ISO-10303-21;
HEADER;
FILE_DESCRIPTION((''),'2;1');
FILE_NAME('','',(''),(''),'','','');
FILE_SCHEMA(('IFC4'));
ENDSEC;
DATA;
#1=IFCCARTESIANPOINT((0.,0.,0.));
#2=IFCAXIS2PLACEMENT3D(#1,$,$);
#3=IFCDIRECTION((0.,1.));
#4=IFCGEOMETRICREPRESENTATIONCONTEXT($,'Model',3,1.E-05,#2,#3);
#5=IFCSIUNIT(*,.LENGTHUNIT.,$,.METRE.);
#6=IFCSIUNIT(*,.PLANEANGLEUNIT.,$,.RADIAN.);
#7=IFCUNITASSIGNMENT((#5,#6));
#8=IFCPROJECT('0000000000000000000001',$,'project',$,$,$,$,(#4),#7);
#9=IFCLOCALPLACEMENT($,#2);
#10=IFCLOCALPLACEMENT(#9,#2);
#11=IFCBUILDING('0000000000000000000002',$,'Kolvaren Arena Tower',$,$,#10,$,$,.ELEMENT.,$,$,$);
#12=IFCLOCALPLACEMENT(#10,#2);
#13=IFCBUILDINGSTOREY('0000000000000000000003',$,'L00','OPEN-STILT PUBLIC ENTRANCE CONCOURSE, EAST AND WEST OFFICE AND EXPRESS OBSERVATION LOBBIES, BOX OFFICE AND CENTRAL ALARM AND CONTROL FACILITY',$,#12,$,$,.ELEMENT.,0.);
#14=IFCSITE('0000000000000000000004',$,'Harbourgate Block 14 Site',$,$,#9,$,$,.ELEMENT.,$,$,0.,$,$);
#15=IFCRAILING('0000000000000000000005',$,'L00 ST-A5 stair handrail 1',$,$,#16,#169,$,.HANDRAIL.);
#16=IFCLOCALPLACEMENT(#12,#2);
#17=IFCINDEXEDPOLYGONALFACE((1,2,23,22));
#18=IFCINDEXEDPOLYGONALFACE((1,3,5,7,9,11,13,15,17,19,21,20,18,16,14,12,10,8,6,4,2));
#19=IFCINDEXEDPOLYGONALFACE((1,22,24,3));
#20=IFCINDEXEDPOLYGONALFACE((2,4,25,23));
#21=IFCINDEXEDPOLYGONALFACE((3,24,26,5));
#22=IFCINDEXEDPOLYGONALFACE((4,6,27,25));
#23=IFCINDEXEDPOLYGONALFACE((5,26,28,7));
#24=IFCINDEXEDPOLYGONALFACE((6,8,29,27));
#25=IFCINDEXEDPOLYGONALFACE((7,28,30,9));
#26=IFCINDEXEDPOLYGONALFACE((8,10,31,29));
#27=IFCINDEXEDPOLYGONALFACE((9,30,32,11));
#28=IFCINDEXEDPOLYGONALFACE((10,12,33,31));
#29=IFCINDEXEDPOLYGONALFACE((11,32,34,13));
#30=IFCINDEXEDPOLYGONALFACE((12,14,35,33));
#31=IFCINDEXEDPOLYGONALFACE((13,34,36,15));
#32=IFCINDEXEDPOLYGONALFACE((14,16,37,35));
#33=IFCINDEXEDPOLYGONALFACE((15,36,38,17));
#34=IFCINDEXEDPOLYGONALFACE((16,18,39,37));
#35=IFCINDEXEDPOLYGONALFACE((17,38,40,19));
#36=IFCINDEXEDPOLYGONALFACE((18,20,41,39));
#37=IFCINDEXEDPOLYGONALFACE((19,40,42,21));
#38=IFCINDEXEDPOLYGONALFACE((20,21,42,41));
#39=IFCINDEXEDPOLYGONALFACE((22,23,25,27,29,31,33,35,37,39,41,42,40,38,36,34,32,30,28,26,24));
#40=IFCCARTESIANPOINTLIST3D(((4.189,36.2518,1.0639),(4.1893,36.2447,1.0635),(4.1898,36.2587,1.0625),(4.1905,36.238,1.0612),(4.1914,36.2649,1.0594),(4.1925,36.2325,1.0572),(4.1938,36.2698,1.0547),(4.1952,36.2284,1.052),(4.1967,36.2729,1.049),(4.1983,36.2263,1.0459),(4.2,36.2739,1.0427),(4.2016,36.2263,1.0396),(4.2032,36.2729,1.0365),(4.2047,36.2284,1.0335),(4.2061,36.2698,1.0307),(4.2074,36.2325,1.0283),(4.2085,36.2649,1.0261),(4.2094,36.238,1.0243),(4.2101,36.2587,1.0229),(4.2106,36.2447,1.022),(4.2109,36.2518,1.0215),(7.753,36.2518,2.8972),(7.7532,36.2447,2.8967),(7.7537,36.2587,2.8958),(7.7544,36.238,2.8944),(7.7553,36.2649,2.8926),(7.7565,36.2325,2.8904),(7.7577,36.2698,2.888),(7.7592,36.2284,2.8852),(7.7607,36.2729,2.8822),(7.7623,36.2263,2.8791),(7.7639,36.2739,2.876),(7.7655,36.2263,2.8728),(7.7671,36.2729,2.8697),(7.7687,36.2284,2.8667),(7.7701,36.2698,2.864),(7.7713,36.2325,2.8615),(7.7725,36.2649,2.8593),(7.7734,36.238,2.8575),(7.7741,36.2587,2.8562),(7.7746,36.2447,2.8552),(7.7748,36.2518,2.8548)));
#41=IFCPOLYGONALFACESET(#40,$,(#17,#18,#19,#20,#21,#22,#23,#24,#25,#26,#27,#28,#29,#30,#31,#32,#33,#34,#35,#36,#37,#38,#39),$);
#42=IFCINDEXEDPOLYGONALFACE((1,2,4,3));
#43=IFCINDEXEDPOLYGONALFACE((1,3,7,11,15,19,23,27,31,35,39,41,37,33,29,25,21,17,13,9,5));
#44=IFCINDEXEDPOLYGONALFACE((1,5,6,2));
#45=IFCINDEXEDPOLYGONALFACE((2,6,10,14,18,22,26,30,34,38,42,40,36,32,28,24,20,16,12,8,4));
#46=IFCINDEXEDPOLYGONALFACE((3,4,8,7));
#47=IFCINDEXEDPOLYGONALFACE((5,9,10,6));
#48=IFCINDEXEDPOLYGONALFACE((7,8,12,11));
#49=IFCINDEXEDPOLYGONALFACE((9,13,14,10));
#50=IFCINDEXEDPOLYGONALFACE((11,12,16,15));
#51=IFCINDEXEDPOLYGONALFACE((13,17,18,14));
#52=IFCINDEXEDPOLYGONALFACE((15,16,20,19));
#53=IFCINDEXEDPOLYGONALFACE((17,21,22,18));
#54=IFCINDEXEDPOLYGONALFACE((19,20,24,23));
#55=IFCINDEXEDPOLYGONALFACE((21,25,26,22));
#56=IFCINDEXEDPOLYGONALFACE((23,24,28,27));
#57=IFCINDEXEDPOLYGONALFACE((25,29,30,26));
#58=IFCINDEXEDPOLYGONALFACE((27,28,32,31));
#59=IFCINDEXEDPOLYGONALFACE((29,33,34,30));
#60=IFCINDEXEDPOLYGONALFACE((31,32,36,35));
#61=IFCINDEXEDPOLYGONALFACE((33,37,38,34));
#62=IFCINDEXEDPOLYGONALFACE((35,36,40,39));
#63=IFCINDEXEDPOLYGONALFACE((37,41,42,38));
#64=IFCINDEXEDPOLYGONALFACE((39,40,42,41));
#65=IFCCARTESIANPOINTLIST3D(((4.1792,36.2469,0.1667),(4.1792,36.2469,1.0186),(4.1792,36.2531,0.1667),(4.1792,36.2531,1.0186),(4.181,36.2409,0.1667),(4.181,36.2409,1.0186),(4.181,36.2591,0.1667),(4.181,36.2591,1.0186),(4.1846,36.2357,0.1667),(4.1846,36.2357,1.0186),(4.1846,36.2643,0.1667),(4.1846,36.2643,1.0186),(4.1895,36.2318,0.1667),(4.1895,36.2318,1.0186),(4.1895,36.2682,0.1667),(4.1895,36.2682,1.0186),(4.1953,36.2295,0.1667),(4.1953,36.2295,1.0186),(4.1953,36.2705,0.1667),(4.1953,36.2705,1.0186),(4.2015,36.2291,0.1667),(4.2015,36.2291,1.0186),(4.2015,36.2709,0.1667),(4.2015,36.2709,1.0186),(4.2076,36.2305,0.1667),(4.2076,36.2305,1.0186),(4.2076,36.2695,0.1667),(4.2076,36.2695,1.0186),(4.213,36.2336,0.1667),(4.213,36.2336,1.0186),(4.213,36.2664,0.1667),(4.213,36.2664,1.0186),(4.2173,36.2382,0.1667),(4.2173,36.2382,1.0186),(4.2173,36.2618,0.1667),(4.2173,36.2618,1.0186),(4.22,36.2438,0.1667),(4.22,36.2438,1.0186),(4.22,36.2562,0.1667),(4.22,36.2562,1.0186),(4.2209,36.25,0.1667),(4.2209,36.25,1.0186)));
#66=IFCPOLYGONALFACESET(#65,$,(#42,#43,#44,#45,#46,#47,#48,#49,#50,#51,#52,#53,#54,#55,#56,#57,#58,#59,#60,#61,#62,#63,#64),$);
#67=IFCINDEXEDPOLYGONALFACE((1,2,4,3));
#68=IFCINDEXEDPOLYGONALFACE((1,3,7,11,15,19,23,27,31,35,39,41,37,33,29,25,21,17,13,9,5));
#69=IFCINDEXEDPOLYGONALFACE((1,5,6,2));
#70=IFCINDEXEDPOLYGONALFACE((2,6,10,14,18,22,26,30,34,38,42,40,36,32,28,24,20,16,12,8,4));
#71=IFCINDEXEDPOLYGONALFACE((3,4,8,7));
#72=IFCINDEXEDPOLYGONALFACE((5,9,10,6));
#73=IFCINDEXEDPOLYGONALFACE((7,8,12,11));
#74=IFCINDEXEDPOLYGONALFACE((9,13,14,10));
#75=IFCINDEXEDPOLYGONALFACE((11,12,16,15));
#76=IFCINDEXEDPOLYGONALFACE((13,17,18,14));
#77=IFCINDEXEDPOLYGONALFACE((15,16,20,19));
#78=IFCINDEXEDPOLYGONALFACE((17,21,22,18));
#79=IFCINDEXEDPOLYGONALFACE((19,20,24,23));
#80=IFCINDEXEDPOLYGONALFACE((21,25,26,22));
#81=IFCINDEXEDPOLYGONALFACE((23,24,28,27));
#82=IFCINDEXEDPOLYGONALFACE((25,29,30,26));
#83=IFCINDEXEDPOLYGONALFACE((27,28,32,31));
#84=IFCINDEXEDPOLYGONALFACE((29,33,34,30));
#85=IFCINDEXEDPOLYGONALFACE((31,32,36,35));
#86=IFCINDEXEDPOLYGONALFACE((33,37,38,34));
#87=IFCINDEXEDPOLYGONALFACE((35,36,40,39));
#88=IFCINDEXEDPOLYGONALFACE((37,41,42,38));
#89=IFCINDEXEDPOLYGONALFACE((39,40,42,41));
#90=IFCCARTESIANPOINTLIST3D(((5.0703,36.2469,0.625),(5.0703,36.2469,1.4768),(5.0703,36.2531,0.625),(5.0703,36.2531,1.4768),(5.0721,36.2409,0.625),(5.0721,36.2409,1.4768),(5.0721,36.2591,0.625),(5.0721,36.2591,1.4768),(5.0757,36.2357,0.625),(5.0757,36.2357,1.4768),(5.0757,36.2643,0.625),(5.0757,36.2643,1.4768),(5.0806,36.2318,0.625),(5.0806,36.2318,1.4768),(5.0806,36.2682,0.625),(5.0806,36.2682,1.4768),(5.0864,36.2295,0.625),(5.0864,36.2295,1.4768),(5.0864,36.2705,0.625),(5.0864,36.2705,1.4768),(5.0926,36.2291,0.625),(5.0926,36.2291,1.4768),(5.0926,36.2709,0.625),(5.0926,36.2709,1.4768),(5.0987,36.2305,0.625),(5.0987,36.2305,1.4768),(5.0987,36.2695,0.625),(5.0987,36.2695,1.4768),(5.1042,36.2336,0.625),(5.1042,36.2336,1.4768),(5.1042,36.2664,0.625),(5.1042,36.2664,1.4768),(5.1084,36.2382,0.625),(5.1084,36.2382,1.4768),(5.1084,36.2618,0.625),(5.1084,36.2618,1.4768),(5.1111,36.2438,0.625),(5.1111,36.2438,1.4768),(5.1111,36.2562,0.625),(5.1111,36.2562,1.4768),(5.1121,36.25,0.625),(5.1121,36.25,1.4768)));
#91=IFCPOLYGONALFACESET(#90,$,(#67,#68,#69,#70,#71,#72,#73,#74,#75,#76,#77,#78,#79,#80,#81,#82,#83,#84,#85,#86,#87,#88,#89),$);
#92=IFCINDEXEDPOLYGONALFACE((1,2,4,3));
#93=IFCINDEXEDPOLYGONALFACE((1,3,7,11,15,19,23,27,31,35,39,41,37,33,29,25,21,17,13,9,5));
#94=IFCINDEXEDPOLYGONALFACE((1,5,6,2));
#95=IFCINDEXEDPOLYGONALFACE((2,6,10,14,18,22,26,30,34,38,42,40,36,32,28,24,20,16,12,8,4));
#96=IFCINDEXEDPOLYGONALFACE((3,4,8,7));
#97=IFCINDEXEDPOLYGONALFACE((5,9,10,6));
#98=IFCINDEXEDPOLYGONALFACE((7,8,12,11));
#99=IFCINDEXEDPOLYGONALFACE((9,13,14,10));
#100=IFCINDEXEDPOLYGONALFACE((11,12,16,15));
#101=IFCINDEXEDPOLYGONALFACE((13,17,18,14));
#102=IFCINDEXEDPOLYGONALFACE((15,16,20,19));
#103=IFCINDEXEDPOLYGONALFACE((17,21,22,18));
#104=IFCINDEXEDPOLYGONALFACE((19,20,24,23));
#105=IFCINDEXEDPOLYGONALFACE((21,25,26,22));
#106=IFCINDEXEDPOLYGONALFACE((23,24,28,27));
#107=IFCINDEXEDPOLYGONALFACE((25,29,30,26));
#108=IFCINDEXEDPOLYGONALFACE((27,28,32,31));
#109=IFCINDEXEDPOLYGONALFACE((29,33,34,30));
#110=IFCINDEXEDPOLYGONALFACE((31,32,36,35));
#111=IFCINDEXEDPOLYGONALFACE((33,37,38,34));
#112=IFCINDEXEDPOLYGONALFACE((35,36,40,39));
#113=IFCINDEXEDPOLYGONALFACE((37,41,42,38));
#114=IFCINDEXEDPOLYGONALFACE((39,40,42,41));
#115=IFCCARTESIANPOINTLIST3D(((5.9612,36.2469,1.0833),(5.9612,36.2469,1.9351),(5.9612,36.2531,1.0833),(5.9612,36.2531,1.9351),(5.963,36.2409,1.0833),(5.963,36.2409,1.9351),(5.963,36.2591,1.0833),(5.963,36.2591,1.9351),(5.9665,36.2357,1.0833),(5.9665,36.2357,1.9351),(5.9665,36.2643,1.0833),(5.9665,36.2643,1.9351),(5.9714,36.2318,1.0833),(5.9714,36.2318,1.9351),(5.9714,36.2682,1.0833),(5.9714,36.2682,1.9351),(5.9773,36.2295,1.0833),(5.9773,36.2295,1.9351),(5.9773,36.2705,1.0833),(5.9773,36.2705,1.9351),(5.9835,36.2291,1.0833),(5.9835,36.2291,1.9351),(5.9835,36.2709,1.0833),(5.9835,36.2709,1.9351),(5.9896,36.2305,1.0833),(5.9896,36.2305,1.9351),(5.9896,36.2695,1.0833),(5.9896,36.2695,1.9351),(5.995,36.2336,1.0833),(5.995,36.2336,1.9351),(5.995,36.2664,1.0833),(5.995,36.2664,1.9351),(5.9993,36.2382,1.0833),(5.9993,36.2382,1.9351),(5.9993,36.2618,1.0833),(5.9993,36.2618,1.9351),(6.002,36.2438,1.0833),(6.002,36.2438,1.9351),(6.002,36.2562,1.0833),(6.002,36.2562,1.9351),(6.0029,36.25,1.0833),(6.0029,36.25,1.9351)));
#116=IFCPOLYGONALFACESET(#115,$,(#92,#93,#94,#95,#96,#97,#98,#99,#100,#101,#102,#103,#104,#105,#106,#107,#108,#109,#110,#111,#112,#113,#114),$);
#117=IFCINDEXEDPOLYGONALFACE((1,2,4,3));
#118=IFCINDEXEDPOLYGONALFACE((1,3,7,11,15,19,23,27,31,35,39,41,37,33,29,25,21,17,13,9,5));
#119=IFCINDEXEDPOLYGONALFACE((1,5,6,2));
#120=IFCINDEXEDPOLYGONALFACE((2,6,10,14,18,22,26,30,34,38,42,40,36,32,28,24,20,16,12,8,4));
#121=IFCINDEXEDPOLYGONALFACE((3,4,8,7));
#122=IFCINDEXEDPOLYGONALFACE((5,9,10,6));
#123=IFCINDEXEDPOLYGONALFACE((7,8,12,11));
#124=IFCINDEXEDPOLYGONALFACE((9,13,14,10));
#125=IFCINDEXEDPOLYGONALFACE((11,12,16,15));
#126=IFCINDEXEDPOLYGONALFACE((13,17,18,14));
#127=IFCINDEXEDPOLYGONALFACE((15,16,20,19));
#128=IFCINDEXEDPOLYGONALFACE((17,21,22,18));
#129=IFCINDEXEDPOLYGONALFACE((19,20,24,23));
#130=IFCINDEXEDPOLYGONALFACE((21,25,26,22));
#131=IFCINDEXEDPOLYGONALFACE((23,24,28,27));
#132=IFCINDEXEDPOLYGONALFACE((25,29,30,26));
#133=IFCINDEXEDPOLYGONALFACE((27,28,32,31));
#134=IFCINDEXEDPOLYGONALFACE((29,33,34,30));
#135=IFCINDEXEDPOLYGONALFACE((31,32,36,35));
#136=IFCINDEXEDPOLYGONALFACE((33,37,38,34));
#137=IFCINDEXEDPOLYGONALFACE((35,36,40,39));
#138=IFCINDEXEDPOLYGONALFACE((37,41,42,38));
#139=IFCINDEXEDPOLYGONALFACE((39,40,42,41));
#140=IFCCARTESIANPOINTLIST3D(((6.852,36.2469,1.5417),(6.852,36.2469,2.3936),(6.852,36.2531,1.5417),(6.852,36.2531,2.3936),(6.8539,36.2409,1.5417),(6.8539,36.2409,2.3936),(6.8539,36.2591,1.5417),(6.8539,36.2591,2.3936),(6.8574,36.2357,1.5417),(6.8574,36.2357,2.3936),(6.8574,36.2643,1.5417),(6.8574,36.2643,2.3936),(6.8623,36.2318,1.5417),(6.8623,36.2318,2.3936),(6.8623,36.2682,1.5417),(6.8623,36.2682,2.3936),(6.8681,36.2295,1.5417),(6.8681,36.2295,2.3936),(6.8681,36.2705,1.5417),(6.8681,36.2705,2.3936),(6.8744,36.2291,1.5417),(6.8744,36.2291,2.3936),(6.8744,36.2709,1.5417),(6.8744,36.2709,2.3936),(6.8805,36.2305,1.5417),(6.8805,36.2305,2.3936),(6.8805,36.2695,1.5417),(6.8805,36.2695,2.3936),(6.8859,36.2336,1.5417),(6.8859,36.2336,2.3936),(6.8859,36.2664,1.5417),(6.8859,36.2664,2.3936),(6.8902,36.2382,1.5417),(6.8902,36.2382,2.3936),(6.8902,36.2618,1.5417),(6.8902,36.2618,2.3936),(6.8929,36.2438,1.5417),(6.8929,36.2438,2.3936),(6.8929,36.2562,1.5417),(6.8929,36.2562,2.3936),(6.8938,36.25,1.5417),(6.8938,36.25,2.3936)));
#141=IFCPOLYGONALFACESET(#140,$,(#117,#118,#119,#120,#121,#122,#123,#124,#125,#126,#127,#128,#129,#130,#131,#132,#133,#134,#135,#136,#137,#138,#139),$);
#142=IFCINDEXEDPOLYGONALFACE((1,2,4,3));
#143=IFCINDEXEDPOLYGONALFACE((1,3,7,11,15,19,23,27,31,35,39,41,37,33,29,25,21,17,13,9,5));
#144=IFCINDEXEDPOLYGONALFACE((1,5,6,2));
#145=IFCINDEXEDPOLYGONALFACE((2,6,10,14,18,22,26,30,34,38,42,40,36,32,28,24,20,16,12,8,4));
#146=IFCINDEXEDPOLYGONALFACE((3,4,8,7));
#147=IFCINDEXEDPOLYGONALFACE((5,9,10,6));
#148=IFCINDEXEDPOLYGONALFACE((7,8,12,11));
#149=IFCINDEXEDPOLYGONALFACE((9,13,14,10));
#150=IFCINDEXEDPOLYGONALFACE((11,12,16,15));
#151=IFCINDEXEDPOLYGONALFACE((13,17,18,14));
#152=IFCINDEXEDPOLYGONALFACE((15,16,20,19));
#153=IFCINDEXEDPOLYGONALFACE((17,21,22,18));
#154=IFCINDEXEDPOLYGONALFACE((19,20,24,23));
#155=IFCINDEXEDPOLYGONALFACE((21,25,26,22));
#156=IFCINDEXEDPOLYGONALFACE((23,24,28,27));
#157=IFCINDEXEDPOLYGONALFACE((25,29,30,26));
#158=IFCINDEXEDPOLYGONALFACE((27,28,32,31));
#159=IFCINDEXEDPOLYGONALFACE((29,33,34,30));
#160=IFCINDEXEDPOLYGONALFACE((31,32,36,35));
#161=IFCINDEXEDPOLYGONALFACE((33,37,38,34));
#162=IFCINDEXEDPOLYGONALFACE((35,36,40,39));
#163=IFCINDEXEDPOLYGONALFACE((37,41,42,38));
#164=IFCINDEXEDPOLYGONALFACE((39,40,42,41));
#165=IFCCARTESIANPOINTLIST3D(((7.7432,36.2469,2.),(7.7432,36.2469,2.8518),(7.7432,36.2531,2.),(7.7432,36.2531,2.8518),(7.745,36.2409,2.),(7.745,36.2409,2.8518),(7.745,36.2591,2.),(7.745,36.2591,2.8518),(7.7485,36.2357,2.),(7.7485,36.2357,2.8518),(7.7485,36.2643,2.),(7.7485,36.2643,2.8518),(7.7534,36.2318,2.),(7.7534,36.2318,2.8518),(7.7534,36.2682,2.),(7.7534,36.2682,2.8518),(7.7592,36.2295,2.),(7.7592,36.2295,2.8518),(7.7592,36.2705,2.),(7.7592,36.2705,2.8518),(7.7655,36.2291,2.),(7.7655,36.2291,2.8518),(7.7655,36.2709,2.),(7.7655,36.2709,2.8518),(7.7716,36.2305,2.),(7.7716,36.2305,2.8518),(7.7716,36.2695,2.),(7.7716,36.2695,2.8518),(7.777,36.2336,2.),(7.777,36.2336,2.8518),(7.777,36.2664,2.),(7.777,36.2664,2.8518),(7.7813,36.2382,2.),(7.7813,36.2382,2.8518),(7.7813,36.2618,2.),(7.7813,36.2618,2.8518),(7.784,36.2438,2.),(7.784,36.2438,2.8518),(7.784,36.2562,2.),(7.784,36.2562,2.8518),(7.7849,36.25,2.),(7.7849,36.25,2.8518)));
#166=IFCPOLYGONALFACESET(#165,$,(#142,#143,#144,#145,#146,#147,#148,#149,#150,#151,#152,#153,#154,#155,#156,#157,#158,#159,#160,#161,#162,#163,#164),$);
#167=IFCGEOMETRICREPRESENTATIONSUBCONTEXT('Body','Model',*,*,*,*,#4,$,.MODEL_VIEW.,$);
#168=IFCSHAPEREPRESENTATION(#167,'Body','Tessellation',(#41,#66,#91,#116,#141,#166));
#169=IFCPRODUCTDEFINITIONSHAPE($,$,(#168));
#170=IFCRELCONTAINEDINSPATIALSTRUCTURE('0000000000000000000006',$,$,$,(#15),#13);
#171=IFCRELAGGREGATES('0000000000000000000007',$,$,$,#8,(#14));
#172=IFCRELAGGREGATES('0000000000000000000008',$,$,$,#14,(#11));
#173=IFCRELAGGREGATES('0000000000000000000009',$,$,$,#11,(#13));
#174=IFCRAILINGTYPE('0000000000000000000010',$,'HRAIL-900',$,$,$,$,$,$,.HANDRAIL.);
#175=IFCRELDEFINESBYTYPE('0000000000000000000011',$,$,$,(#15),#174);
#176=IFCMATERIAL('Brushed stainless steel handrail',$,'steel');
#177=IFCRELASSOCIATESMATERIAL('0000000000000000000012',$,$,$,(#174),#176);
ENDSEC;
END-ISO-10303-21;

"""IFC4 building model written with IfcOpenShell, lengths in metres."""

from ifc_helpers import new_model, si_unit, direction, frame, origin, origin_2d, place, context, subcontext, project, spatial, circle, extrude, material, type_object, element, save


model = new_model("IFC4")

# Units and contexts
model_context = context("Model", 3, precision=1e-05, world=origin(), true_north=direction((0.0, 1.0)))
body_context = subcontext(model_context, "Body", "Model", "MODEL_VIEW")
ifc_project = project(units=[si_unit("LENGTHUNIT", "METRE"), si_unit("PLANEANGLEUNIT", "RADIAN")], contexts=[model_context])

# Site, building, storey
site_placement = place(None, origin())
site = spatial("IfcSite", under=ifc_project, at=site_placement, Name="Harbourgate Block 14 Site", CompositionType="ELEMENT", RefElevation=0.0)
building_placement = place(site_placement, origin())
building = spatial("IfcBuilding", under=site, at=building_placement, Name="Kolvaren Arena Tower", CompositionType="ELEMENT")
storey_placement = place(building_placement, origin())
storey = spatial("IfcBuildingStorey", under=building, at=storey_placement, Name="L00", Description="OPEN-STILT PUBLIC ENTRANCE CONCOURSE, EAST AND WEST OFFICE AND EXPRESS OBSERVATION LOBBIES, BOX OFFICE AND CENTRAL ALARM AND CONTROL FACILITY", CompositionType="ELEMENT", Elevation=0.0)

# Railing
ifc_material_1 = material(Name="Brushed stainless steel handrail", Category="steel")
railing_type_1 = type_object("IfcRailingType", Name="HRAIL-900", PredefinedType="HANDRAIL", material=ifc_material_1)
for number, where, name in (
    (1, (4.2, 36.25, 0.1667), "L00 ST-A5 stair handrail 1"),
):
    element("IfcRailing", number, at=place(storey_placement, frame(where)), inside=storey, type_object=railing_type_1, Name=name, PredefinedType="HANDRAIL", context=body_context, shape_type="SweptSolid", body=[
        extrude(circle(Radius=0.0239, at=origin_2d()), frame((0.0, 0.0, 0.876), z_axis=(0.889252, 0.0, 0.457418), x_axis=(0.0, 1.0, 0.0)), (0.0, 0.0, 1.0), 4.0078),
        extrude(circle(Radius=0.021, at=origin_2d()), origin(), (0.0, 0.0, 1.0), 0.8518),
        extrude(circle(Radius=0.021, at=origin_2d()), frame((0.8911, 0.0, 0.4583)), (0.0, 0.0, 1.0), 0.8518),
        extrude(circle(Radius=0.021, at=origin_2d()), frame((1.782, 0.0, 0.9165)), (0.0, 0.0, 1.0), 0.8518),
        extrude(circle(Radius=0.021, at=origin_2d()), frame((2.6729, 0.0, 1.375)), (0.0, 0.0, 1.0), 0.8518),
        extrude(circle(Radius=0.021, at=origin_2d()), frame((3.564, 0.0, 1.8333)), (0.0, 0.0, 1.0), 0.8518),
    ])

save(model, "model.ifc")
